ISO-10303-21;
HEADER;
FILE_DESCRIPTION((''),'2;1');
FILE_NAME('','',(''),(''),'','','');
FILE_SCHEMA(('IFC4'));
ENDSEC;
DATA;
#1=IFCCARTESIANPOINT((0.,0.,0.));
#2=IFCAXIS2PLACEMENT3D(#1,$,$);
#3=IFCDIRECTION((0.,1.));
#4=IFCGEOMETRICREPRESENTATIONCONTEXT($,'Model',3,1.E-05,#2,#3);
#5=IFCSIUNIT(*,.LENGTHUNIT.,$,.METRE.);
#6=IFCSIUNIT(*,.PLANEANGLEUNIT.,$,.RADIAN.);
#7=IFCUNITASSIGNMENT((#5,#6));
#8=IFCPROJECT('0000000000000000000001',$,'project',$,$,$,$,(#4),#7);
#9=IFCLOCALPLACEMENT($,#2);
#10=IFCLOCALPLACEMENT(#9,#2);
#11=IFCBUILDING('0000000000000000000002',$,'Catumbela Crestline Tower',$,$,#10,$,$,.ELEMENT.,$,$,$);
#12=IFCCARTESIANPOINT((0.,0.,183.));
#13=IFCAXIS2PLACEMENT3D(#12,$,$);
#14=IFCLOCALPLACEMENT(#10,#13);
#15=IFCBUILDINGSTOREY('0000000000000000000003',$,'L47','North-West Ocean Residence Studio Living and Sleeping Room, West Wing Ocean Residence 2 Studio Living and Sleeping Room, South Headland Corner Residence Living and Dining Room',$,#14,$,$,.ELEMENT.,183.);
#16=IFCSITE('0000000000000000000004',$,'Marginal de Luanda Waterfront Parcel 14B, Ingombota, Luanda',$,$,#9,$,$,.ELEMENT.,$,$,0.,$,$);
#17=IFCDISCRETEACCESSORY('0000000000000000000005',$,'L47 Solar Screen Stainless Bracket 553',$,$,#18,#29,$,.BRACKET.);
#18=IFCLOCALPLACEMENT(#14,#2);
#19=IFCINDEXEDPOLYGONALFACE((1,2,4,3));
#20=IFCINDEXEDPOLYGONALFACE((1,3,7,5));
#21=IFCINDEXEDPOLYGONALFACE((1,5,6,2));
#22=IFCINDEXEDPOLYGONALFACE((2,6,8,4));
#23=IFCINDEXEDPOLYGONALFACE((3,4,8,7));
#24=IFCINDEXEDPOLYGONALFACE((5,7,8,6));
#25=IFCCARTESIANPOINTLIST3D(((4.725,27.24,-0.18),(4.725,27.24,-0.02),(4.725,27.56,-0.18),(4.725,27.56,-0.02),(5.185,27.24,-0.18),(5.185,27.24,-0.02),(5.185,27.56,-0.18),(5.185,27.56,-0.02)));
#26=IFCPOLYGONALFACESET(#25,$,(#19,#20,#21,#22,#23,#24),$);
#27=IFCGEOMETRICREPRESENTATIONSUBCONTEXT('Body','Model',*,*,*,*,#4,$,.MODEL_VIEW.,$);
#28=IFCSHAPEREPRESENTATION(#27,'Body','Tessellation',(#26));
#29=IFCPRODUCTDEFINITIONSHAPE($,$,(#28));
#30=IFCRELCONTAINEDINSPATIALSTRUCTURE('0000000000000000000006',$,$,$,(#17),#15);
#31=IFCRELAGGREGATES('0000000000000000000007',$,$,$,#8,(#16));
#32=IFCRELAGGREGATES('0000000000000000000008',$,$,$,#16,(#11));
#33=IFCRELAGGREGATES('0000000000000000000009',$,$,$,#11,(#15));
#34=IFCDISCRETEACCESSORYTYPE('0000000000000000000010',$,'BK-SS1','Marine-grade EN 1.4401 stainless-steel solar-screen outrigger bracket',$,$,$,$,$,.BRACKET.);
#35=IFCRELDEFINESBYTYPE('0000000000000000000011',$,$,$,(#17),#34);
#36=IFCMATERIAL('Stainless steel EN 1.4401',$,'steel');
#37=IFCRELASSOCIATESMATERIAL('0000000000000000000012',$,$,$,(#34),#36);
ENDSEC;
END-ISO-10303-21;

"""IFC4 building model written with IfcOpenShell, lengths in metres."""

from ifc_helpers import new_model, si_unit, direction, frame, origin, origin_2d, place, context, subcontext, project, spatial, rectangle, extrude, material, type_object, element, save


model = new_model("IFC4")

# Units and contexts
model_context = context("Model", 3, precision=1e-05, world=origin(), true_north=direction((0.0, 1.0)))
body_context = subcontext(model_context, "Body", "Model", "MODEL_VIEW")
ifc_project = project(units=[si_unit("LENGTHUNIT", "METRE"), si_unit("PLANEANGLEUNIT", "RADIAN")], contexts=[model_context])

# Site, building, storey
site_placement = place(None, origin())
site = spatial("IfcSite", under=ifc_project, at=site_placement, Name="Marginal de Luanda Waterfront Parcel 14B, Ingombota, Luanda", CompositionType="ELEMENT", RefElevation=0.0)
building_placement = place(site_placement, origin())
building = spatial("IfcBuilding", under=site, at=building_placement, Name="Catumbela Crestline Tower", CompositionType="ELEMENT")
storey_placement = place(building_placement, frame((0.0, 0.0, 183.0)))
storey = spatial("IfcBuildingStorey", under=building, at=storey_placement, Name="L47", Description="North-West Ocean Residence Studio Living and Sleeping Room, West Wing Ocean Residence 2 Studio Living and Sleeping Room, South Headland Corner Residence Living and Dining Room", CompositionType="ELEMENT", Elevation=183.0)

# Discrete accessory
ifc_material_1 = material(Name="Stainless steel EN 1.4401", Category="steel")
discrete_accessory_type = type_object("IfcDiscreteAccessoryType", Name="BK-SS1", Description="Marine-grade EN 1.4401 stainless-steel solar-screen outrigger bracket", PredefinedType="BRACKET", material=ifc_material_1)
discrete_accessory_placement = place(storey_placement, frame((4.955, 27.4, -0.18), z_axis=(0.0, 0.0, 1.0), x_axis=(0.0, -1.0, 0.0)))
element("IfcDiscreteAccessory", 1, at=discrete_accessory_placement, inside=storey, type_object=discrete_accessory_type, Name="L47 Solar Screen Stainless Bracket 553", PredefinedType="BRACKET", context=body_context, shape_type="SweptSolid", body=[
    extrude(rectangle(XDim=0.32, YDim=0.46, at=origin_2d()), origin(), (0.0, 0.0, 1.0), 0.16),
])

save(model, "model.ifc")
